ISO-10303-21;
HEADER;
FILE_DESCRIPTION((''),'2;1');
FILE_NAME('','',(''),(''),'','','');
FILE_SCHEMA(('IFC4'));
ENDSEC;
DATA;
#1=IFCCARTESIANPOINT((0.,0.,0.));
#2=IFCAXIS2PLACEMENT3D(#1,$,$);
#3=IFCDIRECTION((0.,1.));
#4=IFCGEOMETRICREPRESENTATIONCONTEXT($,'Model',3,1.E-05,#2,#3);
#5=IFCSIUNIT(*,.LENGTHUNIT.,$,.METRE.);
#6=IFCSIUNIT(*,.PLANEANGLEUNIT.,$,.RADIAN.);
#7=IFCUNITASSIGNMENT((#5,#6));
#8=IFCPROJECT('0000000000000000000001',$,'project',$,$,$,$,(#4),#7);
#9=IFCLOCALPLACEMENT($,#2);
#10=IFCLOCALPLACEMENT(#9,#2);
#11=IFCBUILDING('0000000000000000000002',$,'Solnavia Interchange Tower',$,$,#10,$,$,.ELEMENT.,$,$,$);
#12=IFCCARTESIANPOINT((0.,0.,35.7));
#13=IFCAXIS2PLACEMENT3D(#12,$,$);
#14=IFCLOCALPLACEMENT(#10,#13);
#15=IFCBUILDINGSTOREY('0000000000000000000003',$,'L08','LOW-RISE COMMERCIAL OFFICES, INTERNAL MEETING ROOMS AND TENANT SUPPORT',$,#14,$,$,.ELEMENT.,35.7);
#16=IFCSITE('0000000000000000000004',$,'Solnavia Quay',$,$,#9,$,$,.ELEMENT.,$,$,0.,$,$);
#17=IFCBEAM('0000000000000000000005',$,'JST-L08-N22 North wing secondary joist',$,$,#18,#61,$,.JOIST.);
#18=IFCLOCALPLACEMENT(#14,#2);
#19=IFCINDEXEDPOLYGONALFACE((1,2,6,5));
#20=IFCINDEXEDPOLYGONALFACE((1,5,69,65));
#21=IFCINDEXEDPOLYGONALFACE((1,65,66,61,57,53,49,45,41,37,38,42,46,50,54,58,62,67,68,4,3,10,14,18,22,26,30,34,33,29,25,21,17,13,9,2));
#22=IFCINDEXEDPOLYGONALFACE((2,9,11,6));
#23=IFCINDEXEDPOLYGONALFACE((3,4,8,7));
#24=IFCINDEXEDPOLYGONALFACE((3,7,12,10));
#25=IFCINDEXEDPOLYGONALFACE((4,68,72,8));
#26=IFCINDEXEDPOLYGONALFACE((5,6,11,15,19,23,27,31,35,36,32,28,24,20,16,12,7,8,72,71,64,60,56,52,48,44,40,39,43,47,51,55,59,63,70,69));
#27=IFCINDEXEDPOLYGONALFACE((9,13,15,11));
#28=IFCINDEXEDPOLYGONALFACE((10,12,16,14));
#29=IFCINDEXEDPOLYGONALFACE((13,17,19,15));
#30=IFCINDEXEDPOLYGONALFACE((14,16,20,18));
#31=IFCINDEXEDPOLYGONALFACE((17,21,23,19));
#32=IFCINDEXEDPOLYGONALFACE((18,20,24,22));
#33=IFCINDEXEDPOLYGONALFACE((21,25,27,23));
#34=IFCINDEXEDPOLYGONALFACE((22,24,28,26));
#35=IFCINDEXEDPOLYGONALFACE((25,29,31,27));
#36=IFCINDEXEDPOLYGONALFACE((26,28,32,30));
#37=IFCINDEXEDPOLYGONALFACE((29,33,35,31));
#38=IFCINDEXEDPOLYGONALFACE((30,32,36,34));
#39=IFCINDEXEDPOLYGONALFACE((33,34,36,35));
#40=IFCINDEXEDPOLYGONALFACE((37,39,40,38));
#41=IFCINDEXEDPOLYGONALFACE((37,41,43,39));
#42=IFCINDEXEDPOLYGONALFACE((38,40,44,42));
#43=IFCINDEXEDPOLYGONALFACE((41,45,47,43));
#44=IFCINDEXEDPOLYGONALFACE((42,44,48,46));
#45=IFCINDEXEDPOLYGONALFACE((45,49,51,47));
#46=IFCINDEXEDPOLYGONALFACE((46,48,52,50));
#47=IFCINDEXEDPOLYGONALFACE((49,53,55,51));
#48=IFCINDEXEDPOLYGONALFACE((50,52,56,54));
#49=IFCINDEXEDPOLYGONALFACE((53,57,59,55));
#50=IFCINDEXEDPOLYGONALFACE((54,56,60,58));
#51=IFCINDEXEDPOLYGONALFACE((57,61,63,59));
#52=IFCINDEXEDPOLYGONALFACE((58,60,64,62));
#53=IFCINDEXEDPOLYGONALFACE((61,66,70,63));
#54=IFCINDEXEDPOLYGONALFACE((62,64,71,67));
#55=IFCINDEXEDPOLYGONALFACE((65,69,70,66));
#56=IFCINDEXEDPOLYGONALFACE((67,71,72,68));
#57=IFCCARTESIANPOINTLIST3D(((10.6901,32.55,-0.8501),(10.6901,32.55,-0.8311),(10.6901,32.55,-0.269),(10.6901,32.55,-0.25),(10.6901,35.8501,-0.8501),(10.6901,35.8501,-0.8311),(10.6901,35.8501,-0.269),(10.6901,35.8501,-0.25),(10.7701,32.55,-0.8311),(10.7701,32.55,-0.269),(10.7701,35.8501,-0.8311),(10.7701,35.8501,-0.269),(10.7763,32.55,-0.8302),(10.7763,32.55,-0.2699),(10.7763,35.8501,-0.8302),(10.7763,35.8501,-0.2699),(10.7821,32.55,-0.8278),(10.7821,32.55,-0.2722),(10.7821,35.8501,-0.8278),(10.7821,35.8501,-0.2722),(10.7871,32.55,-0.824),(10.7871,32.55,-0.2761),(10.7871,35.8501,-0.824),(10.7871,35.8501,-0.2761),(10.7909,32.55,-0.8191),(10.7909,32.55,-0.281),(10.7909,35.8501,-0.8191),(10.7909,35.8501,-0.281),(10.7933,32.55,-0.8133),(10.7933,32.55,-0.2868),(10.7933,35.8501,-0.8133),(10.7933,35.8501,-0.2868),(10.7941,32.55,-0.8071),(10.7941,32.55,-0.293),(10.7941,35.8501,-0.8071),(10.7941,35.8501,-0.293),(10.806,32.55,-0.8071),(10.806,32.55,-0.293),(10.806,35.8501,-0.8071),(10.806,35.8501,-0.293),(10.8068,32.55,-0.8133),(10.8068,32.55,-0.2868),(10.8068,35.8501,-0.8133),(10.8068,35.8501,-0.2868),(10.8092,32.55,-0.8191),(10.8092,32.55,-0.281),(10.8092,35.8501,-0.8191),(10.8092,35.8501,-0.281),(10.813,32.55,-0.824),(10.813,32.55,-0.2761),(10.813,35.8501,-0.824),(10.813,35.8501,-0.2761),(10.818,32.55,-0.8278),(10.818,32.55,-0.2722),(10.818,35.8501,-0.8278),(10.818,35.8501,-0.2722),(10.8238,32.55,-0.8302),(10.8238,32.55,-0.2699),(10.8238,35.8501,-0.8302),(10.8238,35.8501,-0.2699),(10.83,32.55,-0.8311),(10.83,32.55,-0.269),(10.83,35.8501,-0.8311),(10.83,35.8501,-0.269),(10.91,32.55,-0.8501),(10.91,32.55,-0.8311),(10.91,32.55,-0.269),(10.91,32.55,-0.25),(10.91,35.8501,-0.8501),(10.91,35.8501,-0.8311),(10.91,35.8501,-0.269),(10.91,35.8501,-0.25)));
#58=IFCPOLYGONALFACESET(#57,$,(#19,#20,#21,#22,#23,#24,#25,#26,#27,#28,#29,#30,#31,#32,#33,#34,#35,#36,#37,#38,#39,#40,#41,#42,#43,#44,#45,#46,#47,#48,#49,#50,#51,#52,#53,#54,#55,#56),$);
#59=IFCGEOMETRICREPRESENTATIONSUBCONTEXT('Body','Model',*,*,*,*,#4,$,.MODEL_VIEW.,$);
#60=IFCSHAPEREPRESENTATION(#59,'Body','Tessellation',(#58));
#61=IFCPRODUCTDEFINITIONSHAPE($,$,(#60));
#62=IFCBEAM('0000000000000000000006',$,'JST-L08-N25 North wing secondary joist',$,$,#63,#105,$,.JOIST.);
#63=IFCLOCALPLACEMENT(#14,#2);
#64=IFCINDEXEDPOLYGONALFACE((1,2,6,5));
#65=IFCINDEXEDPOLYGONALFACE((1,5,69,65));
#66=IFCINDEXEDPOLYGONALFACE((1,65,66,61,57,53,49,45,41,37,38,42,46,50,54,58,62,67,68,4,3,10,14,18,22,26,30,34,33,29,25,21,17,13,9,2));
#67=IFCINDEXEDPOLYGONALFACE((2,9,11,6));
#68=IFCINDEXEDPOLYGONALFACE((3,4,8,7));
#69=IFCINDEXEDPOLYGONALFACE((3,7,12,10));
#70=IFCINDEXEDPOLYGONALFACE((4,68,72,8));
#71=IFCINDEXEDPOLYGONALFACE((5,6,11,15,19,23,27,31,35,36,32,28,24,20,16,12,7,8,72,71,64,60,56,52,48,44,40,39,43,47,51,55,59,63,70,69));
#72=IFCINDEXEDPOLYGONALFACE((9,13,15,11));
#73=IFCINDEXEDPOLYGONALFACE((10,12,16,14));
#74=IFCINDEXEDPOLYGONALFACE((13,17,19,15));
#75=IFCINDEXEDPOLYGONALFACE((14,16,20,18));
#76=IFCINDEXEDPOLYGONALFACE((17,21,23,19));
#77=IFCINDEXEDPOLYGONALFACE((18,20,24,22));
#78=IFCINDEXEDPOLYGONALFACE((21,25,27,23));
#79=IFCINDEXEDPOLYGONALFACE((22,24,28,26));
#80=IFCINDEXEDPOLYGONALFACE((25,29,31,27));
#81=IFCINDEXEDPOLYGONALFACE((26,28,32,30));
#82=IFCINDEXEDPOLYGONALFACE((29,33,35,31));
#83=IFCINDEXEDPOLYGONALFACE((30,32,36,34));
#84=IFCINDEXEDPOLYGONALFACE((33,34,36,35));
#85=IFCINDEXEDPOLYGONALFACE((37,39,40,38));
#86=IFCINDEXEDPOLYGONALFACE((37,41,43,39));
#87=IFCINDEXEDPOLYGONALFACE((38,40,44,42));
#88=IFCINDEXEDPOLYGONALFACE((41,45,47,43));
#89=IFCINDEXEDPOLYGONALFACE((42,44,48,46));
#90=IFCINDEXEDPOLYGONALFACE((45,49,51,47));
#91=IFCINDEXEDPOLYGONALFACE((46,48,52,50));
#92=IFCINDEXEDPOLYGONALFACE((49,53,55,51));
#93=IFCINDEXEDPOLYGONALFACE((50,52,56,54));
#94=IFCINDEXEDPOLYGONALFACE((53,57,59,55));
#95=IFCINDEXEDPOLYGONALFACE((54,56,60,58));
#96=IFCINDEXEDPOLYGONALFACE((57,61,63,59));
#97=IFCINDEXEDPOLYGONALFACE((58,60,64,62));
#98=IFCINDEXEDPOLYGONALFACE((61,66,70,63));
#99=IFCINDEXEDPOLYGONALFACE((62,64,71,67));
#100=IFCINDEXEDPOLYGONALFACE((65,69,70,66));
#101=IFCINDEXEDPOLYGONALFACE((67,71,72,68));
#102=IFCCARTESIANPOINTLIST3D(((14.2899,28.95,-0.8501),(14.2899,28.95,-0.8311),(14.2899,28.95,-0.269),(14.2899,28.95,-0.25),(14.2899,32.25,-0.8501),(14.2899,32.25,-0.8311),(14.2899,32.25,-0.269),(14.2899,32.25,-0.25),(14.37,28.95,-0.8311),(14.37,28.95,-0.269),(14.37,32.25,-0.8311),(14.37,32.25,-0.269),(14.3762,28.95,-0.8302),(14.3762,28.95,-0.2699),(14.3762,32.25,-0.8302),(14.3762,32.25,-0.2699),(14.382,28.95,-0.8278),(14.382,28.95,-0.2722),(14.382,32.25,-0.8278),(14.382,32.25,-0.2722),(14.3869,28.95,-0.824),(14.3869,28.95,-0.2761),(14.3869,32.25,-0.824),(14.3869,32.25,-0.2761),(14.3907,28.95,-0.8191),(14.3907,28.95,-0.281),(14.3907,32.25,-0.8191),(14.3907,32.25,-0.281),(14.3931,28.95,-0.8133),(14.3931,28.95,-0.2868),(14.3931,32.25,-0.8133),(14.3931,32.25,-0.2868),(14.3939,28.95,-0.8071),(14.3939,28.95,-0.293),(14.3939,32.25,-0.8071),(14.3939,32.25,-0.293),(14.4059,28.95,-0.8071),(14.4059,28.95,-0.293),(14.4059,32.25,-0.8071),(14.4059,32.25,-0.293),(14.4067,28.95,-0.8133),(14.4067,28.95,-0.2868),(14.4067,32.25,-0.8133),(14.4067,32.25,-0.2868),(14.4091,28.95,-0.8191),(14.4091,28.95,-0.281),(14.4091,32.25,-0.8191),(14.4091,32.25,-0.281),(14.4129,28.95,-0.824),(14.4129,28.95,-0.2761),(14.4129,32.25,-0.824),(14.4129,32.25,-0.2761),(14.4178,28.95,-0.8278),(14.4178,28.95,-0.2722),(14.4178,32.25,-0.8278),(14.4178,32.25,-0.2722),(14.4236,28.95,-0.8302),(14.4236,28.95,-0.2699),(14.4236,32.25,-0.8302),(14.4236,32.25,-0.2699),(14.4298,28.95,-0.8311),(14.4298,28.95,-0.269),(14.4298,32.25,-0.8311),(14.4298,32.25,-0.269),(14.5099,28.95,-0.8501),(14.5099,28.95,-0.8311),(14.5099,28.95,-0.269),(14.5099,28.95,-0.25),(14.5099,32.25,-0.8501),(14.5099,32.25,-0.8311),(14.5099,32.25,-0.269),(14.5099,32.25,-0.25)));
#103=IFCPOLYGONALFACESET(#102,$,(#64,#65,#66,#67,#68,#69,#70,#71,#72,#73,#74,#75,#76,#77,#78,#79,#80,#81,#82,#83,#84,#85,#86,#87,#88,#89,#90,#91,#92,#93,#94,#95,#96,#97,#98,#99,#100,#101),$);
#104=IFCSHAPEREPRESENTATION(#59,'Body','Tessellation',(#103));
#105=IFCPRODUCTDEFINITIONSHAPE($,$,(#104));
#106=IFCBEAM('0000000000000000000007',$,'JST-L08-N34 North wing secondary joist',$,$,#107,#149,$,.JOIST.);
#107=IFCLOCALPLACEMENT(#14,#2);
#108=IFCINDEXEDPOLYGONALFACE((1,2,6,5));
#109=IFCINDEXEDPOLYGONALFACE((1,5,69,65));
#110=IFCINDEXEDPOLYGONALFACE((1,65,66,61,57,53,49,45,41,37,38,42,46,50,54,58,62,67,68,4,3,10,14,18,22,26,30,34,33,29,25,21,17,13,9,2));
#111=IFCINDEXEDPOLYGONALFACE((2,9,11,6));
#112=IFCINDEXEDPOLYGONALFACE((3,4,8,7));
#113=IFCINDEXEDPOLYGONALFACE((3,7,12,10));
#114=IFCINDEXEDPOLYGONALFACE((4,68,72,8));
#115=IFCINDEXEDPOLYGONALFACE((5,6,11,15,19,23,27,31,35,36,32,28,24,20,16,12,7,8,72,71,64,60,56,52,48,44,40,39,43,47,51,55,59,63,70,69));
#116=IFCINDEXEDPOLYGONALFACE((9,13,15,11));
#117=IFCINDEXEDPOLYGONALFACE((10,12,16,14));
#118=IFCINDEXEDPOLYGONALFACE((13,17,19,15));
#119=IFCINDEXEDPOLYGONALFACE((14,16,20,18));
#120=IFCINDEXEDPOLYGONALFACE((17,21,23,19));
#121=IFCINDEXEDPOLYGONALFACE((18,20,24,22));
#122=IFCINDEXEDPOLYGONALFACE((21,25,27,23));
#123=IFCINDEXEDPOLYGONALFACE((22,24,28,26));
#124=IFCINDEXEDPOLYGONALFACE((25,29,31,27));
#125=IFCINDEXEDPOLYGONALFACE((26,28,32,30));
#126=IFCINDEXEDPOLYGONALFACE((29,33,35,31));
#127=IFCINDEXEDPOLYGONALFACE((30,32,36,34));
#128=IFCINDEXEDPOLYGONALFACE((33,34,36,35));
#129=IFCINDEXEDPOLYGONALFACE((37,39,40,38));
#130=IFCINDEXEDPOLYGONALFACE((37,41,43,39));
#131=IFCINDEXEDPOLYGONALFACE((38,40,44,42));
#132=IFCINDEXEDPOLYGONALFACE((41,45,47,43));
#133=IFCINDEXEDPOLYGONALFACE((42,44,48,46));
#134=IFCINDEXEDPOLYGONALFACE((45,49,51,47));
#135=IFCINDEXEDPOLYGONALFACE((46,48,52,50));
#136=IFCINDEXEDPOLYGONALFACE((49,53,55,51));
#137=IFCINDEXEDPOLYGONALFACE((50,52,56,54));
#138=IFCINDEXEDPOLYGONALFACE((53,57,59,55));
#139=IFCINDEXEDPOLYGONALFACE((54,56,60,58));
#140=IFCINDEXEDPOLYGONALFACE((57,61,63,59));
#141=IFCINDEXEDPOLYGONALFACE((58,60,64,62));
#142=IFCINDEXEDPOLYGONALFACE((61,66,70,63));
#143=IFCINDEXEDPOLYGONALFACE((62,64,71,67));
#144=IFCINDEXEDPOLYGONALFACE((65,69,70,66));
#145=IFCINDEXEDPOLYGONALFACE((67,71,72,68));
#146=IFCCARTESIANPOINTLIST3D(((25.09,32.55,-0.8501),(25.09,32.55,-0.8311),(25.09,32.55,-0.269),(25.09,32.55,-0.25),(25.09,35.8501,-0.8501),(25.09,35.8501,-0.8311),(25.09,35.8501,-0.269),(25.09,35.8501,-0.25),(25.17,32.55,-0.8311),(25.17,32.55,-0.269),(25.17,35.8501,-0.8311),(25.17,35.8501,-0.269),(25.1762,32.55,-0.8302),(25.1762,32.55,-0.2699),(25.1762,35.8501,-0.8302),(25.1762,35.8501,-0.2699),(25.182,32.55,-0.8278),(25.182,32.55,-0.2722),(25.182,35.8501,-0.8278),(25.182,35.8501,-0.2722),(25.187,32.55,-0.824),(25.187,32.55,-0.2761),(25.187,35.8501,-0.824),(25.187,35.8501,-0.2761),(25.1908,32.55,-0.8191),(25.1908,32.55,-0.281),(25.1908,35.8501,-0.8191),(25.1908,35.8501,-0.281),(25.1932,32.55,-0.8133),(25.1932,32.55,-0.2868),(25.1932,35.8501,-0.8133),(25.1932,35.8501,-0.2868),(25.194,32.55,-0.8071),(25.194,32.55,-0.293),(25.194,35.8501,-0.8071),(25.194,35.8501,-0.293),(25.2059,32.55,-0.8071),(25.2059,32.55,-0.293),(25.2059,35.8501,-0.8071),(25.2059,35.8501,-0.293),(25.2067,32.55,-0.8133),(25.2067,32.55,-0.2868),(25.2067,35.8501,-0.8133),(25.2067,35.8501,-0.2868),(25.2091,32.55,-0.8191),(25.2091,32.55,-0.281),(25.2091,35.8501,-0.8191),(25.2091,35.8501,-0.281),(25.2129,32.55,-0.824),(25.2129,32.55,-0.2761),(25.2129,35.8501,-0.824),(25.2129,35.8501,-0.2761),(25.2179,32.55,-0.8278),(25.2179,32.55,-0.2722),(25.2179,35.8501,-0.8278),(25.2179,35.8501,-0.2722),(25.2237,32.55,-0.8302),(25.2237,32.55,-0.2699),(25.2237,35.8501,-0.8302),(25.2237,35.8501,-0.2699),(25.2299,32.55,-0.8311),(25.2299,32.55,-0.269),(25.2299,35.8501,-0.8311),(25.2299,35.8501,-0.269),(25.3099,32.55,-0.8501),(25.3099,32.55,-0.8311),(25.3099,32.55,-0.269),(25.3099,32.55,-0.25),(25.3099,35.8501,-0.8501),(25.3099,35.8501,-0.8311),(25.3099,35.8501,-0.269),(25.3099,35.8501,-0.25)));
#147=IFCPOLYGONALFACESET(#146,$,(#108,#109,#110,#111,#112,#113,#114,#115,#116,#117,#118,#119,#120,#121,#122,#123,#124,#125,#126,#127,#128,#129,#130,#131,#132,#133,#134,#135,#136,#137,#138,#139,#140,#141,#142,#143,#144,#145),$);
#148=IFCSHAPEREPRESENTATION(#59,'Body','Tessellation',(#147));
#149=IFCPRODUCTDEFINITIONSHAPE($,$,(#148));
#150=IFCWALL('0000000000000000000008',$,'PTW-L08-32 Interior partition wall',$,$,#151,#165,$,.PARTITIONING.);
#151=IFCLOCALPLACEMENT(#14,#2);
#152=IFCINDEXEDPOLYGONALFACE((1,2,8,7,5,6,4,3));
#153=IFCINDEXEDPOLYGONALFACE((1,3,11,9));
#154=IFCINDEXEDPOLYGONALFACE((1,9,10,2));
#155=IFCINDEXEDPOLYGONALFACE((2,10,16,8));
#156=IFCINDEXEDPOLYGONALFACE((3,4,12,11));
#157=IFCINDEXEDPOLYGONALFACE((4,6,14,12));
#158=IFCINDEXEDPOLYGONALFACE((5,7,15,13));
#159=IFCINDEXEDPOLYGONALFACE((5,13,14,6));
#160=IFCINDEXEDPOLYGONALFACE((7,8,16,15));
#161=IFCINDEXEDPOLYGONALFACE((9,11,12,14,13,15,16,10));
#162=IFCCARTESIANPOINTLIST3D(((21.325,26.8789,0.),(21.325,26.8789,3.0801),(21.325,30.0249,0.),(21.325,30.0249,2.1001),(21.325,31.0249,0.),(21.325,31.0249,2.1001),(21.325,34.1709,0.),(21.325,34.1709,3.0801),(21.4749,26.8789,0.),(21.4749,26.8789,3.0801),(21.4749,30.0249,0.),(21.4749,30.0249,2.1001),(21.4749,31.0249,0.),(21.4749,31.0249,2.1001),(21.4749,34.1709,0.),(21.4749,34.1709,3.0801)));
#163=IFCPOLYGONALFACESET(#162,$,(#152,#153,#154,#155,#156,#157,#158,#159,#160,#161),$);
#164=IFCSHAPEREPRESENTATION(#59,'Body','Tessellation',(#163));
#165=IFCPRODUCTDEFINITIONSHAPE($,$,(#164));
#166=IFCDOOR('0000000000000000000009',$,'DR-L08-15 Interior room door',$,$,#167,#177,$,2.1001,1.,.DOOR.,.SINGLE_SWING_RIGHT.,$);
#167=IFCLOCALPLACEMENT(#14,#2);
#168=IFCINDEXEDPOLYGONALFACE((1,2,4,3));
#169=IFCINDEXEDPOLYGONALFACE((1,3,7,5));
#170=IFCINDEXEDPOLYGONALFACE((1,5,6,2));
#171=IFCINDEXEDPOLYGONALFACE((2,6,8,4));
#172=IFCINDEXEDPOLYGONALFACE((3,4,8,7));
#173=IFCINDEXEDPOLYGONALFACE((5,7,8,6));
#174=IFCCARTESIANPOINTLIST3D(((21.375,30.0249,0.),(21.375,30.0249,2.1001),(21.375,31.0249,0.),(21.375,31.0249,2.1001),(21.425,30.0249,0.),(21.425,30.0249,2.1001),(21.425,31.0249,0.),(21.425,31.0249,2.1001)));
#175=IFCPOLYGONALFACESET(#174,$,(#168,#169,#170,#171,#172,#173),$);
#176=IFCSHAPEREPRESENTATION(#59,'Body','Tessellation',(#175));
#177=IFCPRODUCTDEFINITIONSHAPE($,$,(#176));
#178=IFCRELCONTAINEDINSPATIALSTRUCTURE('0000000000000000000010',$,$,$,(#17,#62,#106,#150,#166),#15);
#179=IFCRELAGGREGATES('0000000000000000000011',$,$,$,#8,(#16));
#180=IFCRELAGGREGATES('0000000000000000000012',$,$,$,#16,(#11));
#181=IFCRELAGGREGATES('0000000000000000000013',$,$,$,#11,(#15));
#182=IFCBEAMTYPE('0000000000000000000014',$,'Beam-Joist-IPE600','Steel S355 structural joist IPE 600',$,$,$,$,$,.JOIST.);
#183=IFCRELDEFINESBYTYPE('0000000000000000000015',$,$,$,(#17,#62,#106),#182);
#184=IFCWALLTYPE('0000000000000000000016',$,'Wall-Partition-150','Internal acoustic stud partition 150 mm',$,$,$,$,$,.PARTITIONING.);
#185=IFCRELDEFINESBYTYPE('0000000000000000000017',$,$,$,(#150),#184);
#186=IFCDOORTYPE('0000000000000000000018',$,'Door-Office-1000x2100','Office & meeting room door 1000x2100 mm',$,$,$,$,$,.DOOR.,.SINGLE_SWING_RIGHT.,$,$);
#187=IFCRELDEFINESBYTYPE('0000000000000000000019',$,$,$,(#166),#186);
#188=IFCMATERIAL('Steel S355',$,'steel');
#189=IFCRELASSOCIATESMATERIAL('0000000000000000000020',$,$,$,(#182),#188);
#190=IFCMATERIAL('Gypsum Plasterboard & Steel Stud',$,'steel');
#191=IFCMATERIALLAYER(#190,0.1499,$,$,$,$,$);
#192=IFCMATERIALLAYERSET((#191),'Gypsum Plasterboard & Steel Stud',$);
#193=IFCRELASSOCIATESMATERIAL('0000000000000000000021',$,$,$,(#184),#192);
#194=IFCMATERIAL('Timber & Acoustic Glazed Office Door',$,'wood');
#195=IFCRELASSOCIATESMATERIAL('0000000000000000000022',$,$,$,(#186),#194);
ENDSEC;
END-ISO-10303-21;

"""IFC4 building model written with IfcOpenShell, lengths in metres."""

from ifc_helpers import new_model, si_unit, direction, frame, frame_2d, origin, origin_2d, place, context, subcontext, project, spatial, rectangle, i_section, extrude, material, layer, layer_set, material_profile, profile_set, type_object, element, fill, save


model = new_model("IFC4")

# Units and contexts
model_context = context("Model", 3, precision=1e-05, world=origin(), true_north=direction((0.0, 1.0)))
body_context = subcontext(model_context, "Body", "Model", "MODEL_VIEW")
ifc_project = project(units=[si_unit("LENGTHUNIT", "METRE"), si_unit("PLANEANGLEUNIT", "RADIAN")], contexts=[model_context])

# Site, building, storey
site_placement = place(None, origin())
site = spatial("IfcSite", under=ifc_project, at=site_placement, Name="Solnavia Quay", CompositionType="ELEMENT", RefElevation=0.0)
building_placement = place(site_placement, origin())
building = spatial("IfcBuilding", under=site, at=building_placement, Name="Solnavia Interchange Tower", CompositionType="ELEMENT")
storey_placement = place(building_placement, frame((0.0, 0.0, 35.7)))
storey = spatial("IfcBuildingStorey", under=building, at=storey_placement, Name="L08", Description="LOW-RISE COMMERCIAL OFFICES, INTERNAL MEETING ROOMS AND TENANT SUPPORT", CompositionType="ELEMENT", Elevation=35.7)

# Shared definitions
ifc_material_1 = material(Name="Steel S355", Category="steel")

# Beams
ifc_material_profile_1 = material_profile(ifc_material_1, i_section(OverallWidth=0.22, OverallDepth=0.6001, WebThickness=0.012, FlangeThickness=0.019, FilletRadius=0.0239, at=origin_2d()), Name="IPE 600")
ifc_profile_set_1 = profile_set([ifc_material_profile_1], Name="Steel S355")
beam_type_1 = type_object("IfcBeamType", Name="Beam-Joist-IPE600", Description="Steel S355 structural joist IPE 600", PredefinedType="JOIST", material=ifc_profile_set_1)
for number, where, z_axis, x_axis, name in (
    (1, (10.8, 32.55, -0.55), (0.0, 1.0, 0.0), (-1.0, 0.0, 0.0), "JST-L08-N22 North wing secondary joist"),
    (2, (14.3999, 28.95, -0.55), (0.0, 1.0, 0.0), (-1.0, 0.0, 0.0), "JST-L08-N25 North wing secondary joist"),
    (3, (25.2, 32.55, -0.55), (0.0, 1.0, 0.0), (-1.0, 0.0, 0.0), "JST-L08-N34 North wing secondary joist"),
):
    element("IfcBeam", number, at=place(storey_placement, frame(where, z_axis=z_axis, x_axis=x_axis)), inside=storey, type_object=beam_type_1, Name=name, PredefinedType="JOIST", context=body_context, shape_type="SweptSolid", body=[
        extrude(i_section(OverallWidth=0.22, OverallDepth=0.6001, WebThickness=0.012, FlangeThickness=0.019, FilletRadius=0.0239, at=origin_2d()), origin(), (0.0, 0.0, 1.0), 3.3),
    ])

# Wall, opening, door
ifc_material_2 = material(Name="Gypsum Plasterboard & Steel Stud", Category="steel")
ifc_layer_1 = layer(ifc_material_2, 0.1499)
ifc_layer_set_1 = layer_set([ifc_layer_1], Name="Gypsum Plasterboard & Steel Stud")
wall_type_1 = type_object("IfcWallType", Name="Wall-Partition-150", Description="Internal acoustic stud partition 150 mm", PredefinedType="PARTITIONING", material=ifc_layer_set_1)
wall_1_placement = place(storey_placement, frame((21.3999, 26.8789, 0.0), z_axis=(0.0, 0.0, 1.0), x_axis=(0.0, 1.0, 0.0)))
wall_1 = element("IfcWall", 4, at=wall_1_placement, inside=storey, type_object=wall_type_1, Name="PTW-L08-32 Interior partition wall", PredefinedType="PARTITIONING", context=body_context, shape_type="SweptSolid", body=[
    extrude(rectangle(XDim=7.292, YDim=0.1499, at=frame_2d((3.646, 0.0))), origin(), (0.0, 0.0, 1.0), 3.0801),
])
opening_1_placement = place(wall_1_placement, frame((3.146, 0.0, 0.0)))
opening_1 = element("IfcOpeningElement", 5, at=opening_1_placement, cuts=wall_1, PredefinedType="OPENING", context=body_context, shape_type="SweptSolid", body=[
    extrude(rectangle(XDim=1.0, YDim=2.1001, at=frame_2d((0.5, 1.05))), frame((0.0, 0.085, 0.0), z_axis=(0.0, -1.0, 0.0), x_axis=(1.0, 0.0, 0.0)), (0.0, 0.0, 1.0), 0.1699),
])
ifc_material_3 = material(Name="Timber & Acoustic Glazed Office Door", Category="wood")
door_type = type_object("IfcDoorType", Name="Door-Office-1000x2100", Description="Office & meeting room door 1000x2100 mm", OperationType="SINGLE_SWING_RIGHT", PredefinedType="DOOR", material=ifc_material_3)
door_1_placement = place(opening_1_placement, origin())
door_1 = element("IfcDoor", 6, at=door_1_placement, inside=storey, type_object=door_type, Name="DR-L08-15 Interior room door", OperationType="SINGLE_SWING_RIGHT", OverallHeight=2.1001, OverallWidth=1.0, PredefinedType="DOOR", context=body_context, shape_type="SweptSolid", body=[
    extrude(rectangle(XDim=1.0, YDim=2.1001, at=frame_2d((0.5, 1.05))), frame((0.0, 0.0249, 0.0), z_axis=(0.0, -1.0, 0.0), x_axis=(1.0, 0.0, 0.0)), (0.0, 0.0, 1.0), 0.05),
])
fill(opening_1, door_1)

save(model, "model.ifc")
